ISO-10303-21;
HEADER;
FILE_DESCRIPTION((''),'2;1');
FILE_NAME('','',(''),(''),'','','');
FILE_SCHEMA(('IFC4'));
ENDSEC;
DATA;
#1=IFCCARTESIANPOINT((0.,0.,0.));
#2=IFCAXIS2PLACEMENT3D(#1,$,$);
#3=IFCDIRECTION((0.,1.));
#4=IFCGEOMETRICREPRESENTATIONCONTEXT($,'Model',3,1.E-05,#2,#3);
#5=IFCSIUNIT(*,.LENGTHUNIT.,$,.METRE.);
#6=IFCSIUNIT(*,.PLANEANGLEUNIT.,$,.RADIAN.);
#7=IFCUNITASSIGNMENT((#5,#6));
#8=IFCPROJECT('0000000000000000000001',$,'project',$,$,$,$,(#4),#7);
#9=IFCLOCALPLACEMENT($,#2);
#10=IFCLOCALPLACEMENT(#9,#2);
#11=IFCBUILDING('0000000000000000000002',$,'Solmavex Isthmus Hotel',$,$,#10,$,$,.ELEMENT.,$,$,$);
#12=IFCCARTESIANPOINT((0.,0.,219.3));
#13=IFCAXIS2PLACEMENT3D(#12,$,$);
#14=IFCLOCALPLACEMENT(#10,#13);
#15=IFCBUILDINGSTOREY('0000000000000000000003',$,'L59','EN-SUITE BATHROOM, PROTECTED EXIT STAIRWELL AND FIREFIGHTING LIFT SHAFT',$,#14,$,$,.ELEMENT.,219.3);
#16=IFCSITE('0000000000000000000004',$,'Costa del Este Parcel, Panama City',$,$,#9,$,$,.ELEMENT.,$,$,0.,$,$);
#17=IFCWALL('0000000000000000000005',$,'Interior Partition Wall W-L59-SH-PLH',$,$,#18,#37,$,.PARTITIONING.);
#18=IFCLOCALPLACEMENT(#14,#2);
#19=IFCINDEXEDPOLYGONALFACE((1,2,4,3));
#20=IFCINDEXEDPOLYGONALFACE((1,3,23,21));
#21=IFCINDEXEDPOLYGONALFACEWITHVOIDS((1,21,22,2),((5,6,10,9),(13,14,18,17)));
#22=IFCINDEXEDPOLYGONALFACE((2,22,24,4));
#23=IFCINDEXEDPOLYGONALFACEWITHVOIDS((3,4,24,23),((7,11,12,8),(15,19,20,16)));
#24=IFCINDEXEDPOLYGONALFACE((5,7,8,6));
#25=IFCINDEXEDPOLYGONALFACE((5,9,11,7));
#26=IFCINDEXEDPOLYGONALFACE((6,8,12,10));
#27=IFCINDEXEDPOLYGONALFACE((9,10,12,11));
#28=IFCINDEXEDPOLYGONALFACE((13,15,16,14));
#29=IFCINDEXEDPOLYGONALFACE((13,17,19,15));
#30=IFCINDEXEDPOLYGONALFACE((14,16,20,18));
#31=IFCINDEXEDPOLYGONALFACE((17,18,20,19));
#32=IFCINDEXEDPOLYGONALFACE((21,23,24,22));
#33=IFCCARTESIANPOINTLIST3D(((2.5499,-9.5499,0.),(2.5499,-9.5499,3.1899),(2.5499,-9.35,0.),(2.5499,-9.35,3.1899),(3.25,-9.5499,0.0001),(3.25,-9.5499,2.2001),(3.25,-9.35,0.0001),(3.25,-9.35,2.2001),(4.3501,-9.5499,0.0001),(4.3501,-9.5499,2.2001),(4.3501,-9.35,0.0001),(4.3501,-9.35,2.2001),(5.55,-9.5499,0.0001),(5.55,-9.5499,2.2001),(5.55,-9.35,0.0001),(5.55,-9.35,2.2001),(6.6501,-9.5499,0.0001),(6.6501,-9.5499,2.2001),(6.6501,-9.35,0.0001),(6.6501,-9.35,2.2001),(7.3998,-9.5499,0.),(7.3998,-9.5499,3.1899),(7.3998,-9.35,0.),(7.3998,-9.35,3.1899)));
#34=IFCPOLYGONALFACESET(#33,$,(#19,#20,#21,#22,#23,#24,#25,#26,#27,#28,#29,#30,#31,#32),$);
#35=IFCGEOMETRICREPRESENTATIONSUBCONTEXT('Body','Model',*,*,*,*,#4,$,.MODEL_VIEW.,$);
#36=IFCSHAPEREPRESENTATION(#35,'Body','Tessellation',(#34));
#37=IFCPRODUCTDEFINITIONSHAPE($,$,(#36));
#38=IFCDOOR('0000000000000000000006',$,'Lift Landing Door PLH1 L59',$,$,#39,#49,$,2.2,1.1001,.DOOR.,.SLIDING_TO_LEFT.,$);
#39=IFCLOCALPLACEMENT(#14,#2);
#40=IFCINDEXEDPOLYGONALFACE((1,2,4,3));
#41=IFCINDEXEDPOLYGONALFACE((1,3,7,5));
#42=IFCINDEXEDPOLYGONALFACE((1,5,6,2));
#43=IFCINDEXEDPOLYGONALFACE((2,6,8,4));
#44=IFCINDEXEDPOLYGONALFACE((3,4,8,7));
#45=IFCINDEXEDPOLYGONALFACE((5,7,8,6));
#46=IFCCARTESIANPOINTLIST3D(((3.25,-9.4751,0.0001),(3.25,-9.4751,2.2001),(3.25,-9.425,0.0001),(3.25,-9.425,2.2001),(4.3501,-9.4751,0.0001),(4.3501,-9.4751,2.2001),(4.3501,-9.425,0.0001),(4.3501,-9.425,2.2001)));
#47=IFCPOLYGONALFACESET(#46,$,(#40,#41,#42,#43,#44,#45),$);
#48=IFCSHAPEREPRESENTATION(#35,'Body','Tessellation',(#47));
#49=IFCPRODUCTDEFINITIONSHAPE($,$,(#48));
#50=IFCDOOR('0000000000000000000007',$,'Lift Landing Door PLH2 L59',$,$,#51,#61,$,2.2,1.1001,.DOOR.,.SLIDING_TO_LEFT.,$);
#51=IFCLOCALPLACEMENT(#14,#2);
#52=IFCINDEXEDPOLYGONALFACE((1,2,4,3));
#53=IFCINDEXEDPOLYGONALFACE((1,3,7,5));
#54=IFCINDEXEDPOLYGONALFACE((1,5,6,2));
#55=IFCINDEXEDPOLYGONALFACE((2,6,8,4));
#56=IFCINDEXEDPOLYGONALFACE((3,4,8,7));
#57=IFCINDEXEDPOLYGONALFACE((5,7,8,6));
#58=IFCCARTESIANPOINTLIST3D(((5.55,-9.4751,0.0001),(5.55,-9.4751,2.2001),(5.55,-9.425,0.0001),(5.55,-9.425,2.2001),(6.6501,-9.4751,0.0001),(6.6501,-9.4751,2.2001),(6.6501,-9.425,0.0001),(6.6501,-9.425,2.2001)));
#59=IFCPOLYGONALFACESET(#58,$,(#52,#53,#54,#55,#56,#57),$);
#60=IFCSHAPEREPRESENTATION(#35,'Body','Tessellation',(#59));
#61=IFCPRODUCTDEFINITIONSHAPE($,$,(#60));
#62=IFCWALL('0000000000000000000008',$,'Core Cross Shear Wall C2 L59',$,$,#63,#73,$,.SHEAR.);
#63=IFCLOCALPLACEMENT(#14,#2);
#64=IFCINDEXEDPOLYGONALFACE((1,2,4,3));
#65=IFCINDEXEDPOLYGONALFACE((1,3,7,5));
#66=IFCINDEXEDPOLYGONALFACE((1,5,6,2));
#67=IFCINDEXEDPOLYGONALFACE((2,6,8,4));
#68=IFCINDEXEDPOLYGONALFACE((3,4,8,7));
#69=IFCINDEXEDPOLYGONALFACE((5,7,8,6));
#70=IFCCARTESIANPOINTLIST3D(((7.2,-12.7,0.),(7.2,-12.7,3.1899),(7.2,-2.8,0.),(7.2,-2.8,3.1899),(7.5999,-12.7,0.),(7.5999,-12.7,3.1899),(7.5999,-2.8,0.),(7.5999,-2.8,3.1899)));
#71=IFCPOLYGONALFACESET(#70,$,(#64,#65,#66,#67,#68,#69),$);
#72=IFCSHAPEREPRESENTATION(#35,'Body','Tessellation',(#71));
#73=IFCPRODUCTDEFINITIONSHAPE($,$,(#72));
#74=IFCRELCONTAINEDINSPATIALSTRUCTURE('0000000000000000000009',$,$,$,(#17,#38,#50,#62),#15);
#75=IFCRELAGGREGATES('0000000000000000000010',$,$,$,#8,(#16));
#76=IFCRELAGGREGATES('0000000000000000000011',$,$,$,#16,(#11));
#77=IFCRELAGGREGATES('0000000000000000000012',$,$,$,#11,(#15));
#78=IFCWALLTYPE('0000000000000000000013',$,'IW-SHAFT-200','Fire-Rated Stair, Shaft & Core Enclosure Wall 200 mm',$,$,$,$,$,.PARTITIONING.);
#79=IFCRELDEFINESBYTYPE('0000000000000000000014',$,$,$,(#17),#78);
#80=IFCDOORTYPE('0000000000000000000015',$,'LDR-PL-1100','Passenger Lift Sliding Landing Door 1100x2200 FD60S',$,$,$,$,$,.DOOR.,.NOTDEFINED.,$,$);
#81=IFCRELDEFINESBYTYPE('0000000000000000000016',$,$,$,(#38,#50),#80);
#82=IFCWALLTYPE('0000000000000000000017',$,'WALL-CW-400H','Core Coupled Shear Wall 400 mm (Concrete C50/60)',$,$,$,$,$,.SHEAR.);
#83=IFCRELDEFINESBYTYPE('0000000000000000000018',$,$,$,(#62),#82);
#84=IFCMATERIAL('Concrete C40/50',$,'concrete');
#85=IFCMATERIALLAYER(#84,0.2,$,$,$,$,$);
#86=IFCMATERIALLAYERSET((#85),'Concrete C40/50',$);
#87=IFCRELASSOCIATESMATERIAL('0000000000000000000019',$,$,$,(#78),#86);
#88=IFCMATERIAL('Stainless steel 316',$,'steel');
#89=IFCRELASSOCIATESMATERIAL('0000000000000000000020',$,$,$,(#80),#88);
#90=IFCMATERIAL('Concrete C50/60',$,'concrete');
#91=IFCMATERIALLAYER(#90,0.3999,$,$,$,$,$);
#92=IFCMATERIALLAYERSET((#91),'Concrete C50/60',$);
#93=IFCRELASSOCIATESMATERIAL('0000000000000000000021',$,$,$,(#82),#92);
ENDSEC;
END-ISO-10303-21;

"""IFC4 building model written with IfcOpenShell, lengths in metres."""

from ifc_helpers import new_model, si_unit, direction, frame, frame_2d, origin, place, context, subcontext, project, spatial, rectangle, extrude, material, layer, layer_set, type_object, element, fill, save


model = new_model("IFC4")

# Units and contexts
model_context = context("Model", 3, precision=1e-05, world=origin(), true_north=direction((0.0, 1.0)))
body_context = subcontext(model_context, "Body", "Model", "MODEL_VIEW")
ifc_project = project(units=[si_unit("LENGTHUNIT", "METRE"), si_unit("PLANEANGLEUNIT", "RADIAN")], contexts=[model_context])

# Site, building, storey
site_placement = place(None, origin())
site = spatial("IfcSite", under=ifc_project, at=site_placement, Name="Costa del Este Parcel, Panama City", CompositionType="ELEMENT", RefElevation=0.0)
building_placement = place(site_placement, origin())
building = spatial("IfcBuilding", under=site, at=building_placement, Name="Solmavex Isthmus Hotel", CompositionType="ELEMENT")
storey_placement = place(building_placement, frame((0.0, 0.0, 219.3)))
storey = spatial("IfcBuildingStorey", under=building, at=storey_placement, Name="L59", Description="EN-SUITE BATHROOM, PROTECTED EXIT STAIRWELL AND FIREFIGHTING LIFT SHAFT", CompositionType="ELEMENT", Elevation=219.3)

# Shared definitions
ifc_material_1 = material(Name="Concrete C50/60", Category="concrete")

# Shared definitions
ifc_material_2 = material(Name="Concrete C40/50", Category="concrete")

# Wall, openings, doors
ifc_layer_1 = layer(ifc_material_2, 0.2)
ifc_layer_set_1 = layer_set([ifc_layer_1], Name="Concrete C40/50")
wall_type_1 = type_object("IfcWallType", Name="IW-SHAFT-200", Description="Fire-Rated Stair, Shaft & Core Enclosure Wall 200 mm", PredefinedType="PARTITIONING", material=ifc_layer_set_1)
ifc_material_3 = material(Name="Stainless steel 316", Category="steel")
wall_1_placement = place(storey_placement, frame((2.55, -9.45, 0.0), z_axis=(0.0, 0.0, 1.0), x_axis=(1.0, 0.0, 0.0)))
wall_1 = element("IfcWall", 1, at=wall_1_placement, inside=storey, type_object=wall_type_1, Name="Interior Partition Wall W-L59-SH-PLH", PredefinedType="PARTITIONING", context=body_context, shape_type="SweptSolid", body=[
    extrude(rectangle(XDim=4.8499, YDim=0.2, at=frame_2d((2.4248, 0.0))), origin(), (0.0, 0.0, 1.0), 3.1899),
])
opening_1_placement = place(wall_1_placement, frame((0.7, 0.0, 0.0)))
opening_1 = element("IfcOpeningElement", 2, at=opening_1_placement, cuts=wall_1, PredefinedType="OPENING", context=body_context, shape_type="SweptSolid", body=[
    extrude(rectangle(XDim=1.1001, YDim=2.2, at=frame_2d((0.55, 1.1001))), frame((0.0, 0.1099, 0.0), z_axis=(0.0, -1.0, 0.0), x_axis=(1.0, 0.0, 0.0)), (0.0, 0.0, 1.0), 0.22),
])
opening_2_placement = place(wall_1_placement, frame((3.0, 0.0, 0.0)))
opening_2 = element("IfcOpeningElement", 3, at=opening_2_placement, cuts=wall_1, PredefinedType="OPENING", context=body_context, shape_type="SweptSolid", body=[
    extrude(rectangle(XDim=1.1001, YDim=2.2, at=frame_2d((0.55, 1.1001))), frame((0.0, 0.1099, 0.0), z_axis=(0.0, -1.0, 0.0), x_axis=(1.0, 0.0, 0.0)), (0.0, 0.0, 1.0), 0.22),
])
door_type_1 = type_object("IfcDoorType", Name="LDR-PL-1100", Description="Passenger Lift Sliding Landing Door 1100x2200 FD60S", OperationType="NOTDEFINED", PredefinedType="DOOR", material=ifc_material_3)
door_1_placement = place(opening_1_placement, origin())
door_1 = element("IfcDoor", 4, at=door_1_placement, inside=storey, type_object=door_type_1, Name="Lift Landing Door PLH1 L59", OperationType="SLIDING_TO_LEFT", OverallHeight=2.2, OverallWidth=1.1001, PredefinedType="DOOR", context=body_context, shape_type="SweptSolid", body=[
    extrude(rectangle(XDim=1.1001, YDim=2.2, at=frame_2d((0.55, 1.1001))), frame((0.0, 0.0249, 0.0), z_axis=(0.0, -1.0, 0.0), x_axis=(1.0, 0.0, 0.0)), (0.0, 0.0, 1.0), 0.05),
])
fill(opening_1, door_1)
door_2_placement = place(opening_2_placement, origin())
door_2 = element("IfcDoor", 5, at=door_2_placement, inside=storey, type_object=door_type_1, Name="Lift Landing Door PLH2 L59", OperationType="SLIDING_TO_LEFT", OverallHeight=2.2, OverallWidth=1.1001, PredefinedType="DOOR", context=body_context, shape_type="SweptSolid", body=[
    extrude(rectangle(XDim=1.1001, YDim=2.2, at=frame_2d((0.55, 1.1001))), frame((0.0, 0.0249, 0.0), z_axis=(0.0, -1.0, 0.0), x_axis=(1.0, 0.0, 0.0)), (0.0, 0.0, 1.0), 0.05),
])
fill(opening_2, door_2)

# Wall
ifc_layer_2 = layer(ifc_material_1, 0.3999)
ifc_layer_set_2 = layer_set([ifc_layer_2], Name="Concrete C50/60")
wall_type_2 = type_object("IfcWallType", Name="WALL-CW-400H", Description="Core Coupled Shear Wall 400 mm (Concrete C50/60)", PredefinedType="SHEAR", material=ifc_layer_set_2)
wall_2_placement = place(storey_placement, frame((7.3999, -12.7, 0.0), z_axis=(0.0, 0.0, 1.0), x_axis=(0.0, 1.0, 0.0)))
element("IfcWall", 6, at=wall_2_placement, inside=storey, type_object=wall_type_2, Name="Core Cross Shear Wall C2 L59", PredefinedType="SHEAR", context=body_context, shape_type="SweptSolid", body=[
    extrude(rectangle(XDim=9.8999, YDim=0.3999, at=frame_2d((4.95, 0.0))), origin(), (0.0, 0.0, 1.0), 3.1899),
])

save(model, "model.ifc")
